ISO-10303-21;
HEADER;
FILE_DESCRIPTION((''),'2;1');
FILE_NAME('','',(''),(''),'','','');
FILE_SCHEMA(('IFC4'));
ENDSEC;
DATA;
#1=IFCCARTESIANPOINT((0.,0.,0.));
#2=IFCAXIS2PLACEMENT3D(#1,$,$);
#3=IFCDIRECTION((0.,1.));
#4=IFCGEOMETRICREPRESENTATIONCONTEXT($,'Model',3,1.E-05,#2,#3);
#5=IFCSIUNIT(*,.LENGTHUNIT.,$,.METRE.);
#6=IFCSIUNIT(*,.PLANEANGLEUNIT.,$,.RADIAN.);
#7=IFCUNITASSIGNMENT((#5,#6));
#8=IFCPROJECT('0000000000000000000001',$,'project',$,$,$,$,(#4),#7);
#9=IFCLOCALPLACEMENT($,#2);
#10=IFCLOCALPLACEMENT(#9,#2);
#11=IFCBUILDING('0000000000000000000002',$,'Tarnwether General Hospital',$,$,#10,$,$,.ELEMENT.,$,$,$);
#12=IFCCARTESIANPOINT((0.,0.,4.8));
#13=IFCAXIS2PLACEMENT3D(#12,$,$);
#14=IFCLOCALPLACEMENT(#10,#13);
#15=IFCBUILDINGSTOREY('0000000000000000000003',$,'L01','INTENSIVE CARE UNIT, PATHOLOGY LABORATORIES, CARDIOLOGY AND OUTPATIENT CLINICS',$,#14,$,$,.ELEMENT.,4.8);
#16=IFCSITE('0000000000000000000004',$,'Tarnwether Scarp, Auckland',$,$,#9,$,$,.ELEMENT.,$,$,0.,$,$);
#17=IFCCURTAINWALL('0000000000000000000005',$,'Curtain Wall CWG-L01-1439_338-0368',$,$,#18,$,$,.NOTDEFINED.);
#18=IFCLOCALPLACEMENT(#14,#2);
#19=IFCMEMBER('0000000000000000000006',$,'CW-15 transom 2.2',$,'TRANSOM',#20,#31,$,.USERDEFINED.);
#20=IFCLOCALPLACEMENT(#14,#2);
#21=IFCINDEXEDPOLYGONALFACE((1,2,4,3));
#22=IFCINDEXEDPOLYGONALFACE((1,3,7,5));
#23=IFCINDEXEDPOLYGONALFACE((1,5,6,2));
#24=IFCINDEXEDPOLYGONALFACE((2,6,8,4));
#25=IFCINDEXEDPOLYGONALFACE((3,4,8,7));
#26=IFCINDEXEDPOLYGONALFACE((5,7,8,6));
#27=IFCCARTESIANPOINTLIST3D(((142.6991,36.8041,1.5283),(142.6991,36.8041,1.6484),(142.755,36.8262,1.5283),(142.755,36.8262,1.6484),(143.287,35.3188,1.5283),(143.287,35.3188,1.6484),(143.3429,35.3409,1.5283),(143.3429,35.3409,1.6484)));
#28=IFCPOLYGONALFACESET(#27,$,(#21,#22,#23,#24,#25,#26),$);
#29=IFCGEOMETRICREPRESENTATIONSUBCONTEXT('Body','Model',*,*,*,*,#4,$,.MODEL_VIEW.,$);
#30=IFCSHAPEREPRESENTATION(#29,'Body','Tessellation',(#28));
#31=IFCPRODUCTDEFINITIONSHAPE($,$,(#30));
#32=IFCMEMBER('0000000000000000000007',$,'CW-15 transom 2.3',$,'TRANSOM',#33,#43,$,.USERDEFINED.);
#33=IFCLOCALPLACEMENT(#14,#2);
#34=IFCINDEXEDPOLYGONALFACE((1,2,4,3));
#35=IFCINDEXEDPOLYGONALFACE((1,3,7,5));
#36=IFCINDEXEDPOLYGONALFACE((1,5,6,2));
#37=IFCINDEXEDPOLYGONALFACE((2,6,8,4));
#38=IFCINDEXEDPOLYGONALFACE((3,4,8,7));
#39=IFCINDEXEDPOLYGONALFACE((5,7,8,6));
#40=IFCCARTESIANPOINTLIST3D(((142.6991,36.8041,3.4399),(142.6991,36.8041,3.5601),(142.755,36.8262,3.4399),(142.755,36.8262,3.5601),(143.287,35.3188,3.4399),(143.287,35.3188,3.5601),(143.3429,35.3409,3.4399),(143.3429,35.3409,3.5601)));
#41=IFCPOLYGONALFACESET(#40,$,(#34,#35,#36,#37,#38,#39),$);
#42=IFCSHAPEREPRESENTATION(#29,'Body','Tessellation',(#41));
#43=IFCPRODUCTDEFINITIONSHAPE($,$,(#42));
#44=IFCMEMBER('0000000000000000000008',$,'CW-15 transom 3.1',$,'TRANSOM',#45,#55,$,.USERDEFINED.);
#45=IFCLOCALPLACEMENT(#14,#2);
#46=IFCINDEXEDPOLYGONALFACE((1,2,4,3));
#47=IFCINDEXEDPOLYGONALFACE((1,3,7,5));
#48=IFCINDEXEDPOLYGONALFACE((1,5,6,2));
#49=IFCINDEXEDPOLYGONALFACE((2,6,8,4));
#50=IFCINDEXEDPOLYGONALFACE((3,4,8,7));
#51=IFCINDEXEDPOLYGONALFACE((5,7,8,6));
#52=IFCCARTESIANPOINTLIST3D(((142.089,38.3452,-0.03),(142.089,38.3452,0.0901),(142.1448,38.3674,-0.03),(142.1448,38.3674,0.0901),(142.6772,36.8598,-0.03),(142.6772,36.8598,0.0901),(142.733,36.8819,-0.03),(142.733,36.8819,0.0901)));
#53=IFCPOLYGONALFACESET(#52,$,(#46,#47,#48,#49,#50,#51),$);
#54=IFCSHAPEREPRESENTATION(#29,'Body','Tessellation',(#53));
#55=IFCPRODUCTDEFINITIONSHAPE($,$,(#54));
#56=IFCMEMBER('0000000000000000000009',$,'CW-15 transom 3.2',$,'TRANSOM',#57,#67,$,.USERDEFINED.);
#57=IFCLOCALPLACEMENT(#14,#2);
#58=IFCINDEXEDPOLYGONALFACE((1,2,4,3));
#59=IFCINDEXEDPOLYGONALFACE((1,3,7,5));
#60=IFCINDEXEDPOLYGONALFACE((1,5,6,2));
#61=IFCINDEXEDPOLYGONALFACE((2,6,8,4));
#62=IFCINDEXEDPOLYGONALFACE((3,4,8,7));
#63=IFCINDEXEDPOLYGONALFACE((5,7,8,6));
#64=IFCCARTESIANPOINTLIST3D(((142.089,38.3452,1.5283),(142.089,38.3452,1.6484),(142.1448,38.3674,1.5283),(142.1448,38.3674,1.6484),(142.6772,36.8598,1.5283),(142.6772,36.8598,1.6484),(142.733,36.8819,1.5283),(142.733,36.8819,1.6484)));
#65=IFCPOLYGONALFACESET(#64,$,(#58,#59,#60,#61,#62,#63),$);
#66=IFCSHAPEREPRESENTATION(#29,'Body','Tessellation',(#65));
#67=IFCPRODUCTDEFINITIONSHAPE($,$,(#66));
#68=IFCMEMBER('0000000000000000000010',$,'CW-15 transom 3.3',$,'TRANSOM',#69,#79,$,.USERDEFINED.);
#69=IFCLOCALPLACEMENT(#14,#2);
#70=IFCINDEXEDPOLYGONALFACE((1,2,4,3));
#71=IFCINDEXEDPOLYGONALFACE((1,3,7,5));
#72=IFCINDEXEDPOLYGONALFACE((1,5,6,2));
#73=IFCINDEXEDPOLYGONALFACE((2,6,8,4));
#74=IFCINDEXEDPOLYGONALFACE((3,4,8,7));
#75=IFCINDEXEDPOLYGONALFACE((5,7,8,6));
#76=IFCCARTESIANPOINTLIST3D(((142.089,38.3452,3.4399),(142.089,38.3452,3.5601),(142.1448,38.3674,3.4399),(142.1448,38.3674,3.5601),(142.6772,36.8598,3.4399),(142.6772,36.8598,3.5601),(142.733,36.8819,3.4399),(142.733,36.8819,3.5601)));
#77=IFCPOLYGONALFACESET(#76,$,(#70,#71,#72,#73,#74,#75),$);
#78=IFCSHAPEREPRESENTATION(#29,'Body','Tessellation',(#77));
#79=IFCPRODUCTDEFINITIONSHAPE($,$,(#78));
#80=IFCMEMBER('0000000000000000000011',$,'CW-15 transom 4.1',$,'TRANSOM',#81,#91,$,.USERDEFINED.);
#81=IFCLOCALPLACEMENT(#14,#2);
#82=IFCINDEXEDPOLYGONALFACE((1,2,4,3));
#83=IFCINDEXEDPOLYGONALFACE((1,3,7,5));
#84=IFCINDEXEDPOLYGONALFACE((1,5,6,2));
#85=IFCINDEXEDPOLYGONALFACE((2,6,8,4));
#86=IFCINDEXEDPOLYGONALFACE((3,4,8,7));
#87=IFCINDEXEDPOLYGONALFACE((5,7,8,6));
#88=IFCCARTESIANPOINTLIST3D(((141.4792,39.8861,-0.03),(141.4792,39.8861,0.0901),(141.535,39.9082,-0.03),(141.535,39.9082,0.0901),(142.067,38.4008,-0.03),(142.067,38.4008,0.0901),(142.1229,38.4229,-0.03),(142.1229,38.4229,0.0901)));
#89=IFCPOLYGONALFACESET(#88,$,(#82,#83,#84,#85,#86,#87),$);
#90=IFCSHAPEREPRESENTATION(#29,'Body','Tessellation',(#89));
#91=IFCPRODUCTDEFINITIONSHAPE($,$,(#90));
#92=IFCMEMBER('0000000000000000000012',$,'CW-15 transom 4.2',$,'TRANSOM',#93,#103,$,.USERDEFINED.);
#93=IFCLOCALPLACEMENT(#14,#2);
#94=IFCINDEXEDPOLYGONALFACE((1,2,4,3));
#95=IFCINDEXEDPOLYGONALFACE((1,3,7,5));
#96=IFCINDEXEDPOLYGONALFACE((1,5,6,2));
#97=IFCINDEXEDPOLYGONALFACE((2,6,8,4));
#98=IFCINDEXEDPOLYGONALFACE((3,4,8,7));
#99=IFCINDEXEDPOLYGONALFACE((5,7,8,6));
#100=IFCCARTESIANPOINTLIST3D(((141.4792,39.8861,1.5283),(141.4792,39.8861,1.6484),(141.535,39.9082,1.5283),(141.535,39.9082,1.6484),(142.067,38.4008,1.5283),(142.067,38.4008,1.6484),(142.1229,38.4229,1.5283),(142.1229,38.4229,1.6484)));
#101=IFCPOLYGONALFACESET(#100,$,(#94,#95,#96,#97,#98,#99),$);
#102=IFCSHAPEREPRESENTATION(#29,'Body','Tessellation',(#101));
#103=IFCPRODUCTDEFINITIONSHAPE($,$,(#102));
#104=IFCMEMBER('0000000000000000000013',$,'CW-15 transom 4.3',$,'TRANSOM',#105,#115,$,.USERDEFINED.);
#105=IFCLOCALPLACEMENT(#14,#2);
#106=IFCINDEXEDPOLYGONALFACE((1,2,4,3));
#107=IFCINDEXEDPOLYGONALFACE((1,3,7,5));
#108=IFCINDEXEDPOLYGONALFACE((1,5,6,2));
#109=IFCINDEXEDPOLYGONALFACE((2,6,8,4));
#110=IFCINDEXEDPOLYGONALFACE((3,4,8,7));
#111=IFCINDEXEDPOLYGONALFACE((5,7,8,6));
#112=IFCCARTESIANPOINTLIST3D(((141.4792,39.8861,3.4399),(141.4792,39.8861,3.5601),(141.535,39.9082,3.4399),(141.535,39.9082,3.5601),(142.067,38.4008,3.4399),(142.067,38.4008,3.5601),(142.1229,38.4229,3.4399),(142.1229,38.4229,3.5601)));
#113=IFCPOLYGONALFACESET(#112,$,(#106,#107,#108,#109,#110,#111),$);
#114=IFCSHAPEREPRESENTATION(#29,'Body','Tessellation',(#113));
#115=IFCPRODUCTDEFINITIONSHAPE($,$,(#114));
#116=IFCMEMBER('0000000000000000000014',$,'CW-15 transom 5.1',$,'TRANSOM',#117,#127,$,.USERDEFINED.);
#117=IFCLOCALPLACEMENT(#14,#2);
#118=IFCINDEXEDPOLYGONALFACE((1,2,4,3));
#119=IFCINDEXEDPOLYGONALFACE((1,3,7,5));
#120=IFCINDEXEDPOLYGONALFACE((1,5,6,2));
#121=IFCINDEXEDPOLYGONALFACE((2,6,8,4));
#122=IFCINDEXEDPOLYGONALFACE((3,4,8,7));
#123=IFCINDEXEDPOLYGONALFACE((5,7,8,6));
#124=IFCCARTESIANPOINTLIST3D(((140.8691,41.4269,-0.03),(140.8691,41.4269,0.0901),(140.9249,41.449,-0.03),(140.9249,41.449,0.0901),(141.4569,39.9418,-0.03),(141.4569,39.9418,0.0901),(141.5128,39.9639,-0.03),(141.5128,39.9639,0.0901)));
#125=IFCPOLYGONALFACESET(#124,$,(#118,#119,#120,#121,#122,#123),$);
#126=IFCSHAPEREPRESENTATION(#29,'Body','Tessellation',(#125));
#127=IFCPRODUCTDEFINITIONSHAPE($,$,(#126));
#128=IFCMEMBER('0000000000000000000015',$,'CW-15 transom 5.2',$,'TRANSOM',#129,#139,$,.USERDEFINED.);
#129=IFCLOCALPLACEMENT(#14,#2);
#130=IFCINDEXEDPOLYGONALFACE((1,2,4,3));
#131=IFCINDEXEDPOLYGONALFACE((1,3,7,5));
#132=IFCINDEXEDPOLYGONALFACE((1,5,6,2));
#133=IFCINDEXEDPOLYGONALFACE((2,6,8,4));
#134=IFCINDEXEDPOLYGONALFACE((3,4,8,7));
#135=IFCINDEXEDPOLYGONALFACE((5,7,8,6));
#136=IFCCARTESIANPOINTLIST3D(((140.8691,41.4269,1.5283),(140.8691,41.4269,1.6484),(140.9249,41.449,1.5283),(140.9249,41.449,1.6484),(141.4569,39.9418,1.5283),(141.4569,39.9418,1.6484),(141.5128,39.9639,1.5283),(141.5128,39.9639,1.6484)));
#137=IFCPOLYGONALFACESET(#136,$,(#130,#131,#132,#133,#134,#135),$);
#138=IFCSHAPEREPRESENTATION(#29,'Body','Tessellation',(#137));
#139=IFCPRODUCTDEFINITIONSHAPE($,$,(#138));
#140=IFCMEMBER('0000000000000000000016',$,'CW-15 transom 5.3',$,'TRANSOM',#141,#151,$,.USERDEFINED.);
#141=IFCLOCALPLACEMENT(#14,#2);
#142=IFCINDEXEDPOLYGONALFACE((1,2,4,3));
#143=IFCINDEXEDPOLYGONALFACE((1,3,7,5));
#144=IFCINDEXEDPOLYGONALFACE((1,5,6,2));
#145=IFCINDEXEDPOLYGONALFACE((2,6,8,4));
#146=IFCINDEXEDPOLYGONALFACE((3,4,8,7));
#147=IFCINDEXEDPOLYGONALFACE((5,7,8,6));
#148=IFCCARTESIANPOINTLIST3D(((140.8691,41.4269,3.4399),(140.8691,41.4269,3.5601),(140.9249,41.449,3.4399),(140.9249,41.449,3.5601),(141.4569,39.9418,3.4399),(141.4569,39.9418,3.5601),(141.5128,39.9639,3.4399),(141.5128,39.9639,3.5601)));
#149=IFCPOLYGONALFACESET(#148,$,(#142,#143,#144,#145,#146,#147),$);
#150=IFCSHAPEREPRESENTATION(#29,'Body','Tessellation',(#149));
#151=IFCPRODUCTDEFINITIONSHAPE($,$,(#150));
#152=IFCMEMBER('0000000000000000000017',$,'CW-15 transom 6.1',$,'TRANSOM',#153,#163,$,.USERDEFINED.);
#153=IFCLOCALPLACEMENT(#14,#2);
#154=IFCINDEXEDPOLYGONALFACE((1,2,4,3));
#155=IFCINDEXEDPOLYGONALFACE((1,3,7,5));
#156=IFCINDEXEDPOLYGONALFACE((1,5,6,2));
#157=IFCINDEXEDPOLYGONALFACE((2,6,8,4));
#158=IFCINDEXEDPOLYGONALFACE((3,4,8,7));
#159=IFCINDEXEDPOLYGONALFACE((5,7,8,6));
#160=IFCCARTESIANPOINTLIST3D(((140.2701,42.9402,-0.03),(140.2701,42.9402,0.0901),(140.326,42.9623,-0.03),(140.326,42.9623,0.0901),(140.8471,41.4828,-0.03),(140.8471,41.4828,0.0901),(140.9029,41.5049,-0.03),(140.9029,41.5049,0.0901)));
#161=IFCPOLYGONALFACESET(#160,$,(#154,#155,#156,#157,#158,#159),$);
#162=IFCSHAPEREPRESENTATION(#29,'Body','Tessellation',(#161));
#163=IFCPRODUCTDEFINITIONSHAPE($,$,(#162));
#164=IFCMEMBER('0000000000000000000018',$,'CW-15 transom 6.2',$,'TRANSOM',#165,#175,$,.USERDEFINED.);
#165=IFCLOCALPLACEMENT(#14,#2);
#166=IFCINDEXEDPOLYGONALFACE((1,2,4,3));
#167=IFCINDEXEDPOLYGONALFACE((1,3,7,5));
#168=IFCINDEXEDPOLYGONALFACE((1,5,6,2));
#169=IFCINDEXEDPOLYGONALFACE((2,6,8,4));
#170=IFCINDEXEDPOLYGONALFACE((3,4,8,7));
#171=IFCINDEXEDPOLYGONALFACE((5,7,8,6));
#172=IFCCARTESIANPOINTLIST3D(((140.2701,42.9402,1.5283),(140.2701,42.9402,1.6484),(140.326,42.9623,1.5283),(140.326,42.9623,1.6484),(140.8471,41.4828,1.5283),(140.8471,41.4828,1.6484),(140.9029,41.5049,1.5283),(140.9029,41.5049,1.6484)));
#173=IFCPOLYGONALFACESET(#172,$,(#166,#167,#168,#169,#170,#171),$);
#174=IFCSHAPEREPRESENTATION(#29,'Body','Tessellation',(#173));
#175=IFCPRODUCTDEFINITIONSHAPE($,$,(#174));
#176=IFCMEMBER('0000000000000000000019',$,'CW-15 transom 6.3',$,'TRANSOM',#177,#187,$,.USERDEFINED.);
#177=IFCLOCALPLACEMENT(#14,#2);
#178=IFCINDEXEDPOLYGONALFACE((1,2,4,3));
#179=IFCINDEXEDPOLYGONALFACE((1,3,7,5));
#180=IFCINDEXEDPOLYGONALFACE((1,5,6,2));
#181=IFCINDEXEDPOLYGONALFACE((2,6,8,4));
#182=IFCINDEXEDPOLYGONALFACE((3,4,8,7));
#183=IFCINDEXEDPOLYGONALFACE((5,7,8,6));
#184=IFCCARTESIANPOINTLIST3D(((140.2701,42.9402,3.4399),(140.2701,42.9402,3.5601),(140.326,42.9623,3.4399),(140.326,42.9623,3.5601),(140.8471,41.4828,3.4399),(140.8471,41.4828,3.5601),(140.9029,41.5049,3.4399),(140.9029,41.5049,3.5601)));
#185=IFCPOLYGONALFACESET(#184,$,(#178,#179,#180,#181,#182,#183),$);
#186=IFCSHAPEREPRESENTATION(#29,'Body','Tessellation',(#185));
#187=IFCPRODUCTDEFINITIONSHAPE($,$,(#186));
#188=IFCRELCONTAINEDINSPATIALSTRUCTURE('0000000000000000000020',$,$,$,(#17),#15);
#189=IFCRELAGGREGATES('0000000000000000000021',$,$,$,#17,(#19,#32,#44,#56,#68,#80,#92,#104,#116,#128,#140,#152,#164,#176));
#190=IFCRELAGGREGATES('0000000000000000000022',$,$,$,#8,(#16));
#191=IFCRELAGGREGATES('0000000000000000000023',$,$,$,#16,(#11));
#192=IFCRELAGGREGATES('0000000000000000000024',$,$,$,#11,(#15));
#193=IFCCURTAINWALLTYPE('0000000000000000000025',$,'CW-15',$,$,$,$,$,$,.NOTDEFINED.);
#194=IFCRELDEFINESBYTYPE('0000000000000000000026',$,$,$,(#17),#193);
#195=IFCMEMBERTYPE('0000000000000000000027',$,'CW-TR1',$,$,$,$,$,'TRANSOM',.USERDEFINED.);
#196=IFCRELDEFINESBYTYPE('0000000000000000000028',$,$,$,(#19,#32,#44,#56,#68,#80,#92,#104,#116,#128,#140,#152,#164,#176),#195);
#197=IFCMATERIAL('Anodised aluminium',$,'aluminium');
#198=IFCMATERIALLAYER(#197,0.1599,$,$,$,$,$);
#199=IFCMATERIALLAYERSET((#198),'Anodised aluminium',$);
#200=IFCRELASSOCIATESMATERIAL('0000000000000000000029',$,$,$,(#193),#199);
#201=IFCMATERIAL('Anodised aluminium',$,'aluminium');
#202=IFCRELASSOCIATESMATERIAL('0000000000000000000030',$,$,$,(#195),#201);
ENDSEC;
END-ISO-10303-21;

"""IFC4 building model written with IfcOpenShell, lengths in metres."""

from ifc_helpers import new_model, si_unit, direction, frame, origin, origin_2d, place, context, subcontext, project, spatial, rectangle, extrude, material, layer, layer_set, material_profile, profile_set, type_object, element, aggregate, save


model = new_model("IFC4")

# Units and contexts
model_context = context("Model", 3, precision=1e-05, world=origin(), true_north=direction((0.0, 1.0)))
body_context = subcontext(model_context, "Body", "Model", "MODEL_VIEW")
ifc_project = project(units=[si_unit("LENGTHUNIT", "METRE"), si_unit("PLANEANGLEUNIT", "RADIAN")], contexts=[model_context])

# Site, building, storey
site_placement = place(None, origin())
site = spatial("IfcSite", under=ifc_project, at=site_placement, Name="Tarnwether Scarp, Auckland", CompositionType="ELEMENT", RefElevation=0.0)
building_placement = place(site_placement, origin())
building = spatial("IfcBuilding", under=site, at=building_placement, Name="Tarnwether General Hospital", CompositionType="ELEMENT")
storey_placement = place(building_placement, frame((0.0, 0.0, 4.8)))
storey = spatial("IfcBuildingStorey", under=building, at=storey_placement, Name="L01", Description="INTENSIVE CARE UNIT, PATHOLOGY LABORATORIES, CARDIOLOGY AND OUTPATIENT CLINICS", CompositionType="ELEMENT", Elevation=4.8)

# Curtain wall, members
ifc_material_1 = material(Name="Anodised aluminium", Category="aluminium")
ifc_layer_1 = layer(ifc_material_1, 0.1599)
ifc_layer_set_1 = layer_set([ifc_layer_1], Name="Anodised aluminium")
curtain_wall_type = type_object("IfcCurtainWallType", Name="CW-15", PredefinedType="NOTDEFINED", material=ifc_layer_set_1)
curtain_wall_1_placement = place(storey_placement, origin())
curtain_wall_1 = element("IfcCurtainWall", 1, at=curtain_wall_1_placement, inside=storey, type_object=curtain_wall_type, Name="Curtain Wall CWG-L01-1439_338-0368", PredefinedType="NOTDEFINED")
ifc_material_2 = material(Name="Anodised aluminium", Category="aluminium")
ifc_material_profile_1 = material_profile(ifc_material_2, rectangle(XDim=0.0601, YDim=0.1201, at=origin_2d()), Name="ALU-TRN-60x120")
ifc_profile_set_1 = profile_set([ifc_material_profile_1], Name="Anodised aluminium")
member_type_1 = type_object("IfcMemberType", Name="CW-TR1", ElementType="TRANSOM", PredefinedType="USERDEFINED", material=ifc_profile_set_1)
member_1_placement = place(storey_placement, frame((143.3149, 35.3298, 1.5884), z_axis=(-0.368015, 0.92982, 0.0), x_axis=(-0.92982, -0.368015, 0.0)))
member_1 = element("IfcMember", 2, at=member_1_placement, type_object=member_type_1, Name="CW-15 transom 2.2", ObjectType="TRANSOM", PredefinedType="USERDEFINED", context=body_context, shape_type="SweptSolid", body=[
    extrude(rectangle(XDim=0.0601, YDim=0.1201, at=origin_2d()), origin(), (0.0, 0.0, 1.0), 1.5974),
])
member_2_placement = place(storey_placement, frame((143.3149, 35.3298, 3.5), z_axis=(-0.368015, 0.92982, 0.0), x_axis=(-0.92982, -0.368015, 0.0)))
member_2 = element("IfcMember", 3, at=member_2_placement, type_object=member_type_1, Name="CW-15 transom 2.3", ObjectType="TRANSOM", PredefinedType="USERDEFINED", context=body_context, shape_type="SweptSolid", body=[
    extrude(rectangle(XDim=0.0601, YDim=0.1201, at=origin_2d()), origin(), (0.0, 0.0, 1.0), 1.5974),
])
member_3_placement = place(storey_placement, frame((142.7051, 36.8708, 0.03), z_axis=(-0.368148, 0.929767, 0.0), x_axis=(-0.929767, -0.368148, 0.0)))
member_3 = element("IfcMember", 4, at=member_3_placement, type_object=member_type_1, Name="CW-15 transom 3.1", ObjectType="TRANSOM", PredefinedType="USERDEFINED", context=body_context, shape_type="SweptSolid", body=[
    extrude(rectangle(XDim=0.0601, YDim=0.1201, at=origin_2d()), origin(), (0.0, 0.0, 1.0), 1.5977),
])
member_4_placement = place(storey_placement, frame((142.7051, 36.8708, 1.5884), z_axis=(-0.368148, 0.929767, 0.0), x_axis=(-0.929767, -0.368148, 0.0)))
member_4 = element("IfcMember", 5, at=member_4_placement, type_object=member_type_1, Name="CW-15 transom 3.2", ObjectType="TRANSOM", PredefinedType="USERDEFINED", context=body_context, shape_type="SweptSolid", body=[
    extrude(rectangle(XDim=0.0601, YDim=0.1201, at=origin_2d()), origin(), (0.0, 0.0, 1.0), 1.5977),
])
member_5_placement = place(storey_placement, frame((142.7051, 36.8708, 3.5), z_axis=(-0.368148, 0.929767, 0.0), x_axis=(-0.929767, -0.368148, 0.0)))
member_5 = element("IfcMember", 6, at=member_5_placement, type_object=member_type_1, Name="CW-15 transom 3.3", ObjectType="TRANSOM", PredefinedType="USERDEFINED", context=body_context, shape_type="SweptSolid", body=[
    extrude(rectangle(XDim=0.0601, YDim=0.1201, at=origin_2d()), origin(), (0.0, 0.0, 1.0), 1.5977),
])
member_6_placement = place(storey_placement, frame((142.095, 38.4119, 0.03), z_axis=(-0.368015, 0.92982, 0.0), x_axis=(-0.92982, -0.368015, 0.0)))
member_6 = element("IfcMember", 7, at=member_6_placement, type_object=member_type_1, Name="CW-15 transom 4.1", ObjectType="TRANSOM", PredefinedType="USERDEFINED", context=body_context, shape_type="SweptSolid", body=[
    extrude(rectangle(XDim=0.0601, YDim=0.1201, at=origin_2d()), origin(), (0.0, 0.0, 1.0), 1.5974),
])
member_7_placement = place(storey_placement, frame((142.095, 38.4119, 1.5884), z_axis=(-0.368015, 0.92982, 0.0), x_axis=(-0.92982, -0.368015, 0.0)))
member_7 = element("IfcMember", 8, at=member_7_placement, type_object=member_type_1, Name="CW-15 transom 4.2", ObjectType="TRANSOM", PredefinedType="USERDEFINED", context=body_context, shape_type="SweptSolid", body=[
    extrude(rectangle(XDim=0.0601, YDim=0.1201, at=origin_2d()), origin(), (0.0, 0.0, 1.0), 1.5974),
])
member_8_placement = place(storey_placement, frame((142.095, 38.4119, 3.5), z_axis=(-0.368015, 0.92982, 0.0), x_axis=(-0.92982, -0.368015, 0.0)))
member_8 = element("IfcMember", 9, at=member_8_placement, type_object=member_type_1, Name="CW-15 transom 4.3", ObjectType="TRANSOM", PredefinedType="USERDEFINED", context=body_context, shape_type="SweptSolid", body=[
    extrude(rectangle(XDim=0.0601, YDim=0.1201, at=origin_2d()), origin(), (0.0, 0.0, 1.0), 1.5974),
])
member_9_placement = place(storey_placement, frame((141.4849, 39.9529, 0.03), z_axis=(-0.368068, 0.929799, 0.0), x_axis=(-0.929799, -0.368068, 0.0)))
member_9 = element("IfcMember", 10, at=member_9_placement, type_object=member_type_1, Name="CW-15 transom 5.1", ObjectType="TRANSOM", PredefinedType="USERDEFINED", context=body_context, shape_type="SweptSolid", body=[
    extrude(rectangle(XDim=0.0601, YDim=0.1201, at=origin_2d()), origin(), (0.0, 0.0, 1.0), 1.5972),
])
member_10_placement = place(storey_placement, frame((141.4849, 39.9529, 1.5884), z_axis=(-0.368068, 0.929799, 0.0), x_axis=(-0.929799, -0.368068, 0.0)))
member_10 = element("IfcMember", 11, at=member_10_placement, type_object=member_type_1, Name="CW-15 transom 5.2", ObjectType="TRANSOM", PredefinedType="USERDEFINED", context=body_context, shape_type="SweptSolid", body=[
    extrude(rectangle(XDim=0.0601, YDim=0.1201, at=origin_2d()), origin(), (0.0, 0.0, 1.0), 1.5972),
])
member_11_placement = place(storey_placement, frame((141.4849, 39.9529, 3.5), z_axis=(-0.368068, 0.929799, 0.0), x_axis=(-0.929799, -0.368068, 0.0)))
member_11 = element("IfcMember", 12, at=member_11_placement, type_object=member_type_1, Name="CW-15 transom 5.3", ObjectType="TRANSOM", PredefinedType="USERDEFINED", context=body_context, shape_type="SweptSolid", body=[
    extrude(rectangle(XDim=0.0601, YDim=0.1201, at=origin_2d()), origin(), (0.0, 0.0, 1.0), 1.5972),
])
member_12_placement = place(storey_placement, frame((140.875, 41.4939, 0.03), z_axis=(-0.368085, 0.929792, 0.0), x_axis=(-0.929792, -0.368085, 0.0)))
member_12 = element("IfcMember", 13, at=member_12_placement, type_object=member_type_1, Name="CW-15 transom 6.1", ObjectType="TRANSOM", PredefinedType="USERDEFINED", context=body_context, shape_type="SweptSolid", body=[
    extrude(rectangle(XDim=0.0601, YDim=0.1201, at=origin_2d()), origin(), (0.0, 0.0, 1.0), 1.5674),
])
member_13_placement = place(storey_placement, frame((140.875, 41.4939, 1.5884), z_axis=(-0.368085, 0.929792, 0.0), x_axis=(-0.929792, -0.368085, 0.0)))
member_13 = element("IfcMember", 14, at=member_13_placement, type_object=member_type_1, Name="CW-15 transom 6.2", ObjectType="TRANSOM", PredefinedType="USERDEFINED", context=body_context, shape_type="SweptSolid", body=[
    extrude(rectangle(XDim=0.0601, YDim=0.1201, at=origin_2d()), origin(), (0.0, 0.0, 1.0), 1.5674),
])
member_14_placement = place(storey_placement, frame((140.875, 41.4939, 3.5), z_axis=(-0.368085, 0.929792, 0.0), x_axis=(-0.929792, -0.368085, 0.0)))
member_14 = element("IfcMember", 15, at=member_14_placement, type_object=member_type_1, Name="CW-15 transom 6.3", ObjectType="TRANSOM", PredefinedType="USERDEFINED", context=body_context, shape_type="SweptSolid", body=[
    extrude(rectangle(XDim=0.0601, YDim=0.1201, at=origin_2d()), origin(), (0.0, 0.0, 1.0), 1.5674),
])

aggregate(curtain_wall_1, [member_1, member_2, member_3, member_4, member_5, member_6, member_7, member_8, member_9, member_10, member_11, member_12, member_13, member_14])

save(model, "model.ifc")
